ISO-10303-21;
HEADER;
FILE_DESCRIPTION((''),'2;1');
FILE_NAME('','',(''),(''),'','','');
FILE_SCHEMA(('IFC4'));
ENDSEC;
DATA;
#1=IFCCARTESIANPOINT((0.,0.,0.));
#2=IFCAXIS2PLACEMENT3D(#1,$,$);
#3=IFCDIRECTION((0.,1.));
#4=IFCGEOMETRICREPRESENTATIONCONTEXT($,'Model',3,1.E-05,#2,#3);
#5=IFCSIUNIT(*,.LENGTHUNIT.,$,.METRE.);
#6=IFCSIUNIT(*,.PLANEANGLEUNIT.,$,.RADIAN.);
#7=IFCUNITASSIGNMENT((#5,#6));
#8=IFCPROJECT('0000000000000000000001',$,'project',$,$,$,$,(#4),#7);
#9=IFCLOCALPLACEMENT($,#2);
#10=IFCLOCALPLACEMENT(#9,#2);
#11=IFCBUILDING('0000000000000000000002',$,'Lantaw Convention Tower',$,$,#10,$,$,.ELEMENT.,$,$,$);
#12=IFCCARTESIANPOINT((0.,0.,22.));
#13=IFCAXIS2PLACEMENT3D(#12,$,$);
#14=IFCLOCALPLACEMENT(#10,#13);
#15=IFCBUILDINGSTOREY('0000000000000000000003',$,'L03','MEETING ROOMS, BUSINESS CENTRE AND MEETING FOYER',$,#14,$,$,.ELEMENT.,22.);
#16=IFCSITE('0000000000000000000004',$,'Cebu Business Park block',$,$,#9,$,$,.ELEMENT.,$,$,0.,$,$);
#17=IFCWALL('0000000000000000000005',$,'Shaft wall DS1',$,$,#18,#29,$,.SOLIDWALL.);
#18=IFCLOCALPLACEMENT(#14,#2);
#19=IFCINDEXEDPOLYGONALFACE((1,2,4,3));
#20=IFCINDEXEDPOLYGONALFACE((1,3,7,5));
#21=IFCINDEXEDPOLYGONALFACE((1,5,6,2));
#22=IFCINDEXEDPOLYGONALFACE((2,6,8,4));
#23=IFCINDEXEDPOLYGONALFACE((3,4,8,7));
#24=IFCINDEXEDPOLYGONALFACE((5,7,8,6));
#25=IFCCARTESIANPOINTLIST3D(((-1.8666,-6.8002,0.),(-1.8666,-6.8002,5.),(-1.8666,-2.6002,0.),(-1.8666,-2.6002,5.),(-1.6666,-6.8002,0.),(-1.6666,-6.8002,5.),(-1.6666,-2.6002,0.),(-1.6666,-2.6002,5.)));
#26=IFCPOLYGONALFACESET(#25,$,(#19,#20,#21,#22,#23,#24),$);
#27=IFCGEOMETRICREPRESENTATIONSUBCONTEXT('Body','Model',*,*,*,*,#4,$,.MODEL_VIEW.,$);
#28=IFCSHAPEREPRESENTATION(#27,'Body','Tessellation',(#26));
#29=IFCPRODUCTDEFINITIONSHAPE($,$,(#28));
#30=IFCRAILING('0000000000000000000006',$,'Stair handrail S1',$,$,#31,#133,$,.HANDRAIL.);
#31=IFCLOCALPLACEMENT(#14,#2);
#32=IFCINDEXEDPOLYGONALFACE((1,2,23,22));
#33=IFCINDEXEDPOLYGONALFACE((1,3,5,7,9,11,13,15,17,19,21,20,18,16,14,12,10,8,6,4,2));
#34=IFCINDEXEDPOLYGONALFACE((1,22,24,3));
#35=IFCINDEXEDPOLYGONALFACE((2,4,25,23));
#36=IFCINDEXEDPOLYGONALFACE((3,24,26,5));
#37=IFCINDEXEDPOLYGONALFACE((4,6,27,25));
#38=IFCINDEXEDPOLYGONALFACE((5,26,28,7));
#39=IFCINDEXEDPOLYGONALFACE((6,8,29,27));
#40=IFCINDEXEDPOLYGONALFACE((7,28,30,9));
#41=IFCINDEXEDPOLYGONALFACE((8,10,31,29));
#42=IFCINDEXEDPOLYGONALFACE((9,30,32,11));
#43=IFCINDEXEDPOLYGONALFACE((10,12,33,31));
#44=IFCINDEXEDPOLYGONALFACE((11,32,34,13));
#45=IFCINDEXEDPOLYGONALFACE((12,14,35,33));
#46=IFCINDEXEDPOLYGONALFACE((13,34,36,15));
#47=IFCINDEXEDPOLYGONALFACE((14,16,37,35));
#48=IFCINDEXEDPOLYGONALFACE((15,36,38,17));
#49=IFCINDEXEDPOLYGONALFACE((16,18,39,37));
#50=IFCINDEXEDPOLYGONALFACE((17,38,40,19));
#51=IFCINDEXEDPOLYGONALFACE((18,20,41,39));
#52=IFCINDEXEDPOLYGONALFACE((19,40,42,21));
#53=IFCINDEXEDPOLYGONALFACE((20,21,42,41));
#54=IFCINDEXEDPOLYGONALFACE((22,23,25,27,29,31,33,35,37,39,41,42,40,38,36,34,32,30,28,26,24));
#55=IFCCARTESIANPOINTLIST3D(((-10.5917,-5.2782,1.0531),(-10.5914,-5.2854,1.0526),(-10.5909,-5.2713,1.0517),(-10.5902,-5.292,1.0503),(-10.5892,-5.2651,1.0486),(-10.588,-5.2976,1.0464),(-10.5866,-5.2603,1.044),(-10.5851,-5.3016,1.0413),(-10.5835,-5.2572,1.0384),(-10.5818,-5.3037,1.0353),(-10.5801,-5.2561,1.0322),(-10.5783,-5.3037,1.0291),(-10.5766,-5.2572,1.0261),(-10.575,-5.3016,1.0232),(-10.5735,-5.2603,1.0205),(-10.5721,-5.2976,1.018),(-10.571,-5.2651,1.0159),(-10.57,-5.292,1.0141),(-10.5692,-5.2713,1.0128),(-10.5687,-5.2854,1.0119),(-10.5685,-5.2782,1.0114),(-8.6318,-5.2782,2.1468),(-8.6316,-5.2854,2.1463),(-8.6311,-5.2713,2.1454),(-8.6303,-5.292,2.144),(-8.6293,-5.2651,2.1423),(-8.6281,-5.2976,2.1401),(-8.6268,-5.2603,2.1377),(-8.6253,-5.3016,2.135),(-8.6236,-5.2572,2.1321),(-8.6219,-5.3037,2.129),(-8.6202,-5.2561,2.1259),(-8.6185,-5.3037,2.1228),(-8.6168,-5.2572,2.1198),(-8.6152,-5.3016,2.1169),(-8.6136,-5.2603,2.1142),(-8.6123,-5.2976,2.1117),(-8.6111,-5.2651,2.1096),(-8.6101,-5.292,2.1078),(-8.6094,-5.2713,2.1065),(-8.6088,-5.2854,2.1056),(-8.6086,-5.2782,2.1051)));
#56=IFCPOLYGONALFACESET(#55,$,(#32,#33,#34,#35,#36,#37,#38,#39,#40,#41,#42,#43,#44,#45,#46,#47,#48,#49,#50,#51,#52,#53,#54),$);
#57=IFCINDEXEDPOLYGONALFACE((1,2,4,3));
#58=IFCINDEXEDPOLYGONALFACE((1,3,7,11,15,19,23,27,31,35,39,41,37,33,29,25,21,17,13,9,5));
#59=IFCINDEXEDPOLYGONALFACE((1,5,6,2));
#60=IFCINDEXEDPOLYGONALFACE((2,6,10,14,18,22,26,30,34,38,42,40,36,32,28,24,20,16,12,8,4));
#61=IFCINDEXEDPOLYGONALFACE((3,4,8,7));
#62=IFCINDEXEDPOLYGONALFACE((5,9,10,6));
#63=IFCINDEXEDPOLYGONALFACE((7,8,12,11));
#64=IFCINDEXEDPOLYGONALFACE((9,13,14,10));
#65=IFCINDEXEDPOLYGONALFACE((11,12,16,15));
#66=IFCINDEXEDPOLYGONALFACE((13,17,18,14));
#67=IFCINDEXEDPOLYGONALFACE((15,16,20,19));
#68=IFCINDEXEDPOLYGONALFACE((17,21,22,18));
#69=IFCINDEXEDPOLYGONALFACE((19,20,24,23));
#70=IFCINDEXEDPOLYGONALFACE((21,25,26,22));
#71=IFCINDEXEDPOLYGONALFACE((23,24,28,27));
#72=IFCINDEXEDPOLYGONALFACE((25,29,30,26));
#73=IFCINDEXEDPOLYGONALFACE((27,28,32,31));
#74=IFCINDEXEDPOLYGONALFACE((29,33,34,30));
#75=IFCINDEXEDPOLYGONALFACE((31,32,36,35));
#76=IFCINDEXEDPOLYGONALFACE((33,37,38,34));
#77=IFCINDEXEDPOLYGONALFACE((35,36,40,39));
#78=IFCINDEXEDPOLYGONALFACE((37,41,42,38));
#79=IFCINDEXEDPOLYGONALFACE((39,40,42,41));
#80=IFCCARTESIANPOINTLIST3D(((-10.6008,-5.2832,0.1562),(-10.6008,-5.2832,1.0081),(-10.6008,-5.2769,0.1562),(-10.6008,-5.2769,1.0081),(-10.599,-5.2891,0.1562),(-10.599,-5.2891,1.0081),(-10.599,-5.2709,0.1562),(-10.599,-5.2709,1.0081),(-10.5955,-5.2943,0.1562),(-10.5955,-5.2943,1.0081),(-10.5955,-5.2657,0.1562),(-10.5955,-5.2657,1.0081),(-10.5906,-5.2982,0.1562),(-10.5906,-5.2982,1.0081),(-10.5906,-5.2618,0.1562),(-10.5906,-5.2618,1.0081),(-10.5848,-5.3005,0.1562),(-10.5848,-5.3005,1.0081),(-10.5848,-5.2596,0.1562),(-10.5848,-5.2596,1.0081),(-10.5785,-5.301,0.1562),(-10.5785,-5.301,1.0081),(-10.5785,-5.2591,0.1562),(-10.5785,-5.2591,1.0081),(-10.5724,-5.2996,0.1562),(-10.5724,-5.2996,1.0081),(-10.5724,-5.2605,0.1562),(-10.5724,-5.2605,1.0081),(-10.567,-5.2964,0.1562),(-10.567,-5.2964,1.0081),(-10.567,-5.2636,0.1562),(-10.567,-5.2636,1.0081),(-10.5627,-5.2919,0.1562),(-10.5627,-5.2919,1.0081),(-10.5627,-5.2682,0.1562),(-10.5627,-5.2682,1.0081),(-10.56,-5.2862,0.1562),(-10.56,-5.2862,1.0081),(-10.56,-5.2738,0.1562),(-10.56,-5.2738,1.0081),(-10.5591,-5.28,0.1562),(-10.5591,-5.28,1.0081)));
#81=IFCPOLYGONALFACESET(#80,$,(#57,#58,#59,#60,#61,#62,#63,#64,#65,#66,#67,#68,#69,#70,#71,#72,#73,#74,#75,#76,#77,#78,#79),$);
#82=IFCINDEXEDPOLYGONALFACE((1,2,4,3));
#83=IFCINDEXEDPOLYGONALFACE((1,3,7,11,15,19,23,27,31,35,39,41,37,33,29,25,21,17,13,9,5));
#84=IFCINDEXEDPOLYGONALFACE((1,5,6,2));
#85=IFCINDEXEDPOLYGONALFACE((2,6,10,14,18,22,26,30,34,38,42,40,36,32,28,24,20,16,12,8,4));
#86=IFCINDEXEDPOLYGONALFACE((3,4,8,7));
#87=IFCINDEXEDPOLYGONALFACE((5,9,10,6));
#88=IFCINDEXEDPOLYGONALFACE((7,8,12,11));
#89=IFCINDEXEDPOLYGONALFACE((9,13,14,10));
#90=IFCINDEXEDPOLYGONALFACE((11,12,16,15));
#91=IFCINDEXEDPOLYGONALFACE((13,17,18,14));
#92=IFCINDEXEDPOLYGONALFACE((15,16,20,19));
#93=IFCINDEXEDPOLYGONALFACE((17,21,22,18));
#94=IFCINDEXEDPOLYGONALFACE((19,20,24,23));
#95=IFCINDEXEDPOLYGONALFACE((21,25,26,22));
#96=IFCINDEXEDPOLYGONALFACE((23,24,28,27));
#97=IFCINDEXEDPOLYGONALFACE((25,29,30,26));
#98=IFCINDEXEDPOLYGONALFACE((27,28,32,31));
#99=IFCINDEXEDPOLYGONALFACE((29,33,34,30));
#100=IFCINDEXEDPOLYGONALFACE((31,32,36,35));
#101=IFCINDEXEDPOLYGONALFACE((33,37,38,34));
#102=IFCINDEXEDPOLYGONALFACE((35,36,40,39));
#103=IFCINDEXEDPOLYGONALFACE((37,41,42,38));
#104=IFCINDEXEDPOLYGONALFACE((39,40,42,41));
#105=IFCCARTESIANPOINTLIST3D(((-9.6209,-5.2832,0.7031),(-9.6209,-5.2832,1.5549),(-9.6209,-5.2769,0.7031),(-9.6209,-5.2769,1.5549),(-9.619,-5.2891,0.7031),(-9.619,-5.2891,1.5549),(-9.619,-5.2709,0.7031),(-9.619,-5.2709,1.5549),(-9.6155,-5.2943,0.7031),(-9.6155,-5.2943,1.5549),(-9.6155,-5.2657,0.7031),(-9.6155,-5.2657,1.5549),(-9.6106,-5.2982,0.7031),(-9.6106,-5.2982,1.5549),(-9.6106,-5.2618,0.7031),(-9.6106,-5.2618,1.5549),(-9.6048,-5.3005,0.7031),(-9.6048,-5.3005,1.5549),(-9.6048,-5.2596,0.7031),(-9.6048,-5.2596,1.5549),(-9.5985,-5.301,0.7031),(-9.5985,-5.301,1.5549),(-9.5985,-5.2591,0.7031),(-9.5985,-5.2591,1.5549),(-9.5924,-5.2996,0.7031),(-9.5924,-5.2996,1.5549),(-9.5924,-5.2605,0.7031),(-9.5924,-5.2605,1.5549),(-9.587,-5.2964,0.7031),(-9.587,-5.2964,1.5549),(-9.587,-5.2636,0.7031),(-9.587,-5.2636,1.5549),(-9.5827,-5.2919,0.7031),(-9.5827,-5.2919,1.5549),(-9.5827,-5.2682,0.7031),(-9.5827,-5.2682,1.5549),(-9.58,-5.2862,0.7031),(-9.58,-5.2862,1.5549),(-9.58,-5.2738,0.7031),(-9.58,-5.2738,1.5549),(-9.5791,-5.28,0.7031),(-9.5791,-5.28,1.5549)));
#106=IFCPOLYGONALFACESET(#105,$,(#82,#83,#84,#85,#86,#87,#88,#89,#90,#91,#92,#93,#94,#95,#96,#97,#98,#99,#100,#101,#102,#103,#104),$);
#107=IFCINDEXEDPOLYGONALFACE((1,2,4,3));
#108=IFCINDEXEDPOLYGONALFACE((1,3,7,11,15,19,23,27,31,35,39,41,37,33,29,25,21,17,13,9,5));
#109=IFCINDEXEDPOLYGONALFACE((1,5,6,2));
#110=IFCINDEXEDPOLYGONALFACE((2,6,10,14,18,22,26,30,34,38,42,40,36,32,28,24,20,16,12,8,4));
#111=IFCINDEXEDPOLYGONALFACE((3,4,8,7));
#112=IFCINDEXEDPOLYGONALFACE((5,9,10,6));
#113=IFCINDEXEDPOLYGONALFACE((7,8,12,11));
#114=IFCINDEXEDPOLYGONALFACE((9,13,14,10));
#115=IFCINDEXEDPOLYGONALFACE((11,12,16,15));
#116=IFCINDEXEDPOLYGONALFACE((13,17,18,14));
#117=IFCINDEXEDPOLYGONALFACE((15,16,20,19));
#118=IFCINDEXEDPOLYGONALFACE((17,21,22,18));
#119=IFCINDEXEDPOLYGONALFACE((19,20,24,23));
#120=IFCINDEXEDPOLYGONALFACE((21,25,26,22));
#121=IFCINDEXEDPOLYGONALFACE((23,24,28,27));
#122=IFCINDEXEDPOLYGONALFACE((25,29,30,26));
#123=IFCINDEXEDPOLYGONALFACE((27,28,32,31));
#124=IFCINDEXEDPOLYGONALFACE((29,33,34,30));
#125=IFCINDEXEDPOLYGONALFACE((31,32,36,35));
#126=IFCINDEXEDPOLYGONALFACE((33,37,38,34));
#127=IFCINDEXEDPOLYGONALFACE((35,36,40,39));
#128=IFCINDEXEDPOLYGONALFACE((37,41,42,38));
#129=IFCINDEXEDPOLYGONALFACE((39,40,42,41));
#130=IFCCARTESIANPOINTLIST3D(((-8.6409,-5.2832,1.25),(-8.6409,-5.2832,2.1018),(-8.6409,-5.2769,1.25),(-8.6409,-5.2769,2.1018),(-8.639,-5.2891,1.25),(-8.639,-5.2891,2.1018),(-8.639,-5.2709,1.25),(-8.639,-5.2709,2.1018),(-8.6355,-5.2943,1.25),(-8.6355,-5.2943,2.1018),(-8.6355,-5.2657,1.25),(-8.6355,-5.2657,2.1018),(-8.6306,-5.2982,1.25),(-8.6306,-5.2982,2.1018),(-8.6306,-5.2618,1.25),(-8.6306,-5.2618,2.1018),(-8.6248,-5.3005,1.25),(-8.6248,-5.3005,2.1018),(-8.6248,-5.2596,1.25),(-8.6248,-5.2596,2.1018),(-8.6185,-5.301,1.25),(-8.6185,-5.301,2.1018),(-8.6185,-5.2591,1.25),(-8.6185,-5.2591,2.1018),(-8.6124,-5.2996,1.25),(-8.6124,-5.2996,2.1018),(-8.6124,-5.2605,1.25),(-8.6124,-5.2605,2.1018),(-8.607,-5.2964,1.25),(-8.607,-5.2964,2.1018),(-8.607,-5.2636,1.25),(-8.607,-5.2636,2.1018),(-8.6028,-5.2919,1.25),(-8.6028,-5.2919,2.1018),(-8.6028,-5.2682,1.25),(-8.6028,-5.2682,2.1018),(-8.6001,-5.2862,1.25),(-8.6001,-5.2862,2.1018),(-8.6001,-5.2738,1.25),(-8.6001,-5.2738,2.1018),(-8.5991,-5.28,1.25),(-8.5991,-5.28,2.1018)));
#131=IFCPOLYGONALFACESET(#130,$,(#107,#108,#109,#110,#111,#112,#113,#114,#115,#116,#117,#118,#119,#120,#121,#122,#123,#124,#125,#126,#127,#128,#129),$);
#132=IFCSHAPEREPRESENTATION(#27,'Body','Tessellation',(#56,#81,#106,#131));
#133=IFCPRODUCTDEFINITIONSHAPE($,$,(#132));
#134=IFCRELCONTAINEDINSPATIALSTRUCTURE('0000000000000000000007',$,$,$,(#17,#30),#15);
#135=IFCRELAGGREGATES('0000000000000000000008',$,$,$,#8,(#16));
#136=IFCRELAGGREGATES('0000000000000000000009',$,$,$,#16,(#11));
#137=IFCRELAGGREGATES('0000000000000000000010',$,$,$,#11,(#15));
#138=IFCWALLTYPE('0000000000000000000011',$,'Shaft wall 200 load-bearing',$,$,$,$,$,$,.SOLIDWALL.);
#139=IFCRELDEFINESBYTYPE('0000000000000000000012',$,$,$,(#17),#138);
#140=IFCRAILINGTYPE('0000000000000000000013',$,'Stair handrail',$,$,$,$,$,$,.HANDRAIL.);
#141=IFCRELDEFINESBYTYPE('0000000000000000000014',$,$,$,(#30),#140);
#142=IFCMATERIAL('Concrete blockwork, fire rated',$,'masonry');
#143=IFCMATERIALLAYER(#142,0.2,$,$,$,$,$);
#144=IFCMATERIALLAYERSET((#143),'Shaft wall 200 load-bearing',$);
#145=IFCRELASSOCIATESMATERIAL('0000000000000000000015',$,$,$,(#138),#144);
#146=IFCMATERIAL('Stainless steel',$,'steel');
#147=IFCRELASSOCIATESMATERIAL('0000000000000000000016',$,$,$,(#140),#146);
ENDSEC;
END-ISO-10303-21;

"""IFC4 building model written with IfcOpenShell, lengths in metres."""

from ifc_helpers import new_model, si_unit, direction, frame, frame_2d, origin, origin_2d, place, context, subcontext, project, spatial, rectangle, circle, extrude, material, layer, layer_set, type_object, element, save


model = new_model("IFC4")

# Units and contexts
model_context = context("Model", 3, precision=1e-05, world=origin(), true_north=direction((0.0, 1.0)))
body_context = subcontext(model_context, "Body", "Model", "MODEL_VIEW")
ifc_project = project(units=[si_unit("LENGTHUNIT", "METRE"), si_unit("PLANEANGLEUNIT", "RADIAN")], contexts=[model_context])

# Site, building, storey
site_placement = place(None, origin())
site = spatial("IfcSite", under=ifc_project, at=site_placement, Name="Cebu Business Park block", CompositionType="ELEMENT", RefElevation=0.0)
building_placement = place(site_placement, origin())
building = spatial("IfcBuilding", under=site, at=building_placement, Name="Lantaw Convention Tower", CompositionType="ELEMENT")
storey_placement = place(building_placement, frame((0.0, 0.0, 22.0)))
storey = spatial("IfcBuildingStorey", under=building, at=storey_placement, Name="L03", Description="MEETING ROOMS, BUSINESS CENTRE AND MEETING FOYER", CompositionType="ELEMENT", Elevation=22.0)

# Wall
ifc_material_1 = material(Name="Concrete blockwork, fire rated", Category="masonry")
ifc_layer_1 = layer(ifc_material_1, 0.2)
ifc_layer_set_1 = layer_set([ifc_layer_1], Name="Shaft wall 200 load-bearing")
wall_type_1 = type_object("IfcWallType", Name="Shaft wall 200 load-bearing", PredefinedType="SOLIDWALL", material=ifc_layer_set_1)
wall_1_placement = place(storey_placement, frame((-1.7666, -2.6001, 0.0), z_axis=(0.0, 0.0, 1.0), x_axis=(0.0, -1.0, 0.0)))
element("IfcWall", 1, at=wall_1_placement, inside=storey, type_object=wall_type_1, Name="Shaft wall DS1", PredefinedType="SOLIDWALL", context=body_context, shape_type="SweptSolid", body=[
    extrude(rectangle(XDim=4.2, YDim=0.2, at=frame_2d((2.1001, 0.0))), origin(), (0.0, 0.0, 1.0), 5.0),
])

# Railing
ifc_material_2 = material(Name="Stainless steel", Category="steel")
railing_type = type_object("IfcRailingType", Name="Stair handrail", PredefinedType="HANDRAIL", material=ifc_material_2)
railing_1_placement = place(storey_placement, frame((-10.5801, -5.28, 0.1562)))
element("IfcRailing", 2, at=railing_1_placement, inside=storey, type_object=railing_type, Name="Stair handrail S1", PredefinedType="HANDRAIL", context=body_context, shape_type="SweptSolid", body=[
    extrude(circle(Radius=0.0239, at=origin_2d()), frame((0.0, 0.0, 0.876), z_axis=(0.873232, 0.0, 0.487304), x_axis=(0.0, 1.0, 0.0)), (0.0, 0.0, 1.0), 2.2444),
    extrude(circle(Radius=0.021, at=origin_2d()), origin(), (0.0, 0.0, 1.0), 0.8518),
    extrude(circle(Radius=0.021, at=origin_2d()), frame((0.98, 0.0, 0.5469)), (0.0, 0.0, 1.0), 0.8518),
    extrude(circle(Radius=0.021, at=origin_2d()), frame((1.96, 0.0, 1.0938)), (0.0, 0.0, 1.0), 0.8518),
])

save(model, "model.ifc")
